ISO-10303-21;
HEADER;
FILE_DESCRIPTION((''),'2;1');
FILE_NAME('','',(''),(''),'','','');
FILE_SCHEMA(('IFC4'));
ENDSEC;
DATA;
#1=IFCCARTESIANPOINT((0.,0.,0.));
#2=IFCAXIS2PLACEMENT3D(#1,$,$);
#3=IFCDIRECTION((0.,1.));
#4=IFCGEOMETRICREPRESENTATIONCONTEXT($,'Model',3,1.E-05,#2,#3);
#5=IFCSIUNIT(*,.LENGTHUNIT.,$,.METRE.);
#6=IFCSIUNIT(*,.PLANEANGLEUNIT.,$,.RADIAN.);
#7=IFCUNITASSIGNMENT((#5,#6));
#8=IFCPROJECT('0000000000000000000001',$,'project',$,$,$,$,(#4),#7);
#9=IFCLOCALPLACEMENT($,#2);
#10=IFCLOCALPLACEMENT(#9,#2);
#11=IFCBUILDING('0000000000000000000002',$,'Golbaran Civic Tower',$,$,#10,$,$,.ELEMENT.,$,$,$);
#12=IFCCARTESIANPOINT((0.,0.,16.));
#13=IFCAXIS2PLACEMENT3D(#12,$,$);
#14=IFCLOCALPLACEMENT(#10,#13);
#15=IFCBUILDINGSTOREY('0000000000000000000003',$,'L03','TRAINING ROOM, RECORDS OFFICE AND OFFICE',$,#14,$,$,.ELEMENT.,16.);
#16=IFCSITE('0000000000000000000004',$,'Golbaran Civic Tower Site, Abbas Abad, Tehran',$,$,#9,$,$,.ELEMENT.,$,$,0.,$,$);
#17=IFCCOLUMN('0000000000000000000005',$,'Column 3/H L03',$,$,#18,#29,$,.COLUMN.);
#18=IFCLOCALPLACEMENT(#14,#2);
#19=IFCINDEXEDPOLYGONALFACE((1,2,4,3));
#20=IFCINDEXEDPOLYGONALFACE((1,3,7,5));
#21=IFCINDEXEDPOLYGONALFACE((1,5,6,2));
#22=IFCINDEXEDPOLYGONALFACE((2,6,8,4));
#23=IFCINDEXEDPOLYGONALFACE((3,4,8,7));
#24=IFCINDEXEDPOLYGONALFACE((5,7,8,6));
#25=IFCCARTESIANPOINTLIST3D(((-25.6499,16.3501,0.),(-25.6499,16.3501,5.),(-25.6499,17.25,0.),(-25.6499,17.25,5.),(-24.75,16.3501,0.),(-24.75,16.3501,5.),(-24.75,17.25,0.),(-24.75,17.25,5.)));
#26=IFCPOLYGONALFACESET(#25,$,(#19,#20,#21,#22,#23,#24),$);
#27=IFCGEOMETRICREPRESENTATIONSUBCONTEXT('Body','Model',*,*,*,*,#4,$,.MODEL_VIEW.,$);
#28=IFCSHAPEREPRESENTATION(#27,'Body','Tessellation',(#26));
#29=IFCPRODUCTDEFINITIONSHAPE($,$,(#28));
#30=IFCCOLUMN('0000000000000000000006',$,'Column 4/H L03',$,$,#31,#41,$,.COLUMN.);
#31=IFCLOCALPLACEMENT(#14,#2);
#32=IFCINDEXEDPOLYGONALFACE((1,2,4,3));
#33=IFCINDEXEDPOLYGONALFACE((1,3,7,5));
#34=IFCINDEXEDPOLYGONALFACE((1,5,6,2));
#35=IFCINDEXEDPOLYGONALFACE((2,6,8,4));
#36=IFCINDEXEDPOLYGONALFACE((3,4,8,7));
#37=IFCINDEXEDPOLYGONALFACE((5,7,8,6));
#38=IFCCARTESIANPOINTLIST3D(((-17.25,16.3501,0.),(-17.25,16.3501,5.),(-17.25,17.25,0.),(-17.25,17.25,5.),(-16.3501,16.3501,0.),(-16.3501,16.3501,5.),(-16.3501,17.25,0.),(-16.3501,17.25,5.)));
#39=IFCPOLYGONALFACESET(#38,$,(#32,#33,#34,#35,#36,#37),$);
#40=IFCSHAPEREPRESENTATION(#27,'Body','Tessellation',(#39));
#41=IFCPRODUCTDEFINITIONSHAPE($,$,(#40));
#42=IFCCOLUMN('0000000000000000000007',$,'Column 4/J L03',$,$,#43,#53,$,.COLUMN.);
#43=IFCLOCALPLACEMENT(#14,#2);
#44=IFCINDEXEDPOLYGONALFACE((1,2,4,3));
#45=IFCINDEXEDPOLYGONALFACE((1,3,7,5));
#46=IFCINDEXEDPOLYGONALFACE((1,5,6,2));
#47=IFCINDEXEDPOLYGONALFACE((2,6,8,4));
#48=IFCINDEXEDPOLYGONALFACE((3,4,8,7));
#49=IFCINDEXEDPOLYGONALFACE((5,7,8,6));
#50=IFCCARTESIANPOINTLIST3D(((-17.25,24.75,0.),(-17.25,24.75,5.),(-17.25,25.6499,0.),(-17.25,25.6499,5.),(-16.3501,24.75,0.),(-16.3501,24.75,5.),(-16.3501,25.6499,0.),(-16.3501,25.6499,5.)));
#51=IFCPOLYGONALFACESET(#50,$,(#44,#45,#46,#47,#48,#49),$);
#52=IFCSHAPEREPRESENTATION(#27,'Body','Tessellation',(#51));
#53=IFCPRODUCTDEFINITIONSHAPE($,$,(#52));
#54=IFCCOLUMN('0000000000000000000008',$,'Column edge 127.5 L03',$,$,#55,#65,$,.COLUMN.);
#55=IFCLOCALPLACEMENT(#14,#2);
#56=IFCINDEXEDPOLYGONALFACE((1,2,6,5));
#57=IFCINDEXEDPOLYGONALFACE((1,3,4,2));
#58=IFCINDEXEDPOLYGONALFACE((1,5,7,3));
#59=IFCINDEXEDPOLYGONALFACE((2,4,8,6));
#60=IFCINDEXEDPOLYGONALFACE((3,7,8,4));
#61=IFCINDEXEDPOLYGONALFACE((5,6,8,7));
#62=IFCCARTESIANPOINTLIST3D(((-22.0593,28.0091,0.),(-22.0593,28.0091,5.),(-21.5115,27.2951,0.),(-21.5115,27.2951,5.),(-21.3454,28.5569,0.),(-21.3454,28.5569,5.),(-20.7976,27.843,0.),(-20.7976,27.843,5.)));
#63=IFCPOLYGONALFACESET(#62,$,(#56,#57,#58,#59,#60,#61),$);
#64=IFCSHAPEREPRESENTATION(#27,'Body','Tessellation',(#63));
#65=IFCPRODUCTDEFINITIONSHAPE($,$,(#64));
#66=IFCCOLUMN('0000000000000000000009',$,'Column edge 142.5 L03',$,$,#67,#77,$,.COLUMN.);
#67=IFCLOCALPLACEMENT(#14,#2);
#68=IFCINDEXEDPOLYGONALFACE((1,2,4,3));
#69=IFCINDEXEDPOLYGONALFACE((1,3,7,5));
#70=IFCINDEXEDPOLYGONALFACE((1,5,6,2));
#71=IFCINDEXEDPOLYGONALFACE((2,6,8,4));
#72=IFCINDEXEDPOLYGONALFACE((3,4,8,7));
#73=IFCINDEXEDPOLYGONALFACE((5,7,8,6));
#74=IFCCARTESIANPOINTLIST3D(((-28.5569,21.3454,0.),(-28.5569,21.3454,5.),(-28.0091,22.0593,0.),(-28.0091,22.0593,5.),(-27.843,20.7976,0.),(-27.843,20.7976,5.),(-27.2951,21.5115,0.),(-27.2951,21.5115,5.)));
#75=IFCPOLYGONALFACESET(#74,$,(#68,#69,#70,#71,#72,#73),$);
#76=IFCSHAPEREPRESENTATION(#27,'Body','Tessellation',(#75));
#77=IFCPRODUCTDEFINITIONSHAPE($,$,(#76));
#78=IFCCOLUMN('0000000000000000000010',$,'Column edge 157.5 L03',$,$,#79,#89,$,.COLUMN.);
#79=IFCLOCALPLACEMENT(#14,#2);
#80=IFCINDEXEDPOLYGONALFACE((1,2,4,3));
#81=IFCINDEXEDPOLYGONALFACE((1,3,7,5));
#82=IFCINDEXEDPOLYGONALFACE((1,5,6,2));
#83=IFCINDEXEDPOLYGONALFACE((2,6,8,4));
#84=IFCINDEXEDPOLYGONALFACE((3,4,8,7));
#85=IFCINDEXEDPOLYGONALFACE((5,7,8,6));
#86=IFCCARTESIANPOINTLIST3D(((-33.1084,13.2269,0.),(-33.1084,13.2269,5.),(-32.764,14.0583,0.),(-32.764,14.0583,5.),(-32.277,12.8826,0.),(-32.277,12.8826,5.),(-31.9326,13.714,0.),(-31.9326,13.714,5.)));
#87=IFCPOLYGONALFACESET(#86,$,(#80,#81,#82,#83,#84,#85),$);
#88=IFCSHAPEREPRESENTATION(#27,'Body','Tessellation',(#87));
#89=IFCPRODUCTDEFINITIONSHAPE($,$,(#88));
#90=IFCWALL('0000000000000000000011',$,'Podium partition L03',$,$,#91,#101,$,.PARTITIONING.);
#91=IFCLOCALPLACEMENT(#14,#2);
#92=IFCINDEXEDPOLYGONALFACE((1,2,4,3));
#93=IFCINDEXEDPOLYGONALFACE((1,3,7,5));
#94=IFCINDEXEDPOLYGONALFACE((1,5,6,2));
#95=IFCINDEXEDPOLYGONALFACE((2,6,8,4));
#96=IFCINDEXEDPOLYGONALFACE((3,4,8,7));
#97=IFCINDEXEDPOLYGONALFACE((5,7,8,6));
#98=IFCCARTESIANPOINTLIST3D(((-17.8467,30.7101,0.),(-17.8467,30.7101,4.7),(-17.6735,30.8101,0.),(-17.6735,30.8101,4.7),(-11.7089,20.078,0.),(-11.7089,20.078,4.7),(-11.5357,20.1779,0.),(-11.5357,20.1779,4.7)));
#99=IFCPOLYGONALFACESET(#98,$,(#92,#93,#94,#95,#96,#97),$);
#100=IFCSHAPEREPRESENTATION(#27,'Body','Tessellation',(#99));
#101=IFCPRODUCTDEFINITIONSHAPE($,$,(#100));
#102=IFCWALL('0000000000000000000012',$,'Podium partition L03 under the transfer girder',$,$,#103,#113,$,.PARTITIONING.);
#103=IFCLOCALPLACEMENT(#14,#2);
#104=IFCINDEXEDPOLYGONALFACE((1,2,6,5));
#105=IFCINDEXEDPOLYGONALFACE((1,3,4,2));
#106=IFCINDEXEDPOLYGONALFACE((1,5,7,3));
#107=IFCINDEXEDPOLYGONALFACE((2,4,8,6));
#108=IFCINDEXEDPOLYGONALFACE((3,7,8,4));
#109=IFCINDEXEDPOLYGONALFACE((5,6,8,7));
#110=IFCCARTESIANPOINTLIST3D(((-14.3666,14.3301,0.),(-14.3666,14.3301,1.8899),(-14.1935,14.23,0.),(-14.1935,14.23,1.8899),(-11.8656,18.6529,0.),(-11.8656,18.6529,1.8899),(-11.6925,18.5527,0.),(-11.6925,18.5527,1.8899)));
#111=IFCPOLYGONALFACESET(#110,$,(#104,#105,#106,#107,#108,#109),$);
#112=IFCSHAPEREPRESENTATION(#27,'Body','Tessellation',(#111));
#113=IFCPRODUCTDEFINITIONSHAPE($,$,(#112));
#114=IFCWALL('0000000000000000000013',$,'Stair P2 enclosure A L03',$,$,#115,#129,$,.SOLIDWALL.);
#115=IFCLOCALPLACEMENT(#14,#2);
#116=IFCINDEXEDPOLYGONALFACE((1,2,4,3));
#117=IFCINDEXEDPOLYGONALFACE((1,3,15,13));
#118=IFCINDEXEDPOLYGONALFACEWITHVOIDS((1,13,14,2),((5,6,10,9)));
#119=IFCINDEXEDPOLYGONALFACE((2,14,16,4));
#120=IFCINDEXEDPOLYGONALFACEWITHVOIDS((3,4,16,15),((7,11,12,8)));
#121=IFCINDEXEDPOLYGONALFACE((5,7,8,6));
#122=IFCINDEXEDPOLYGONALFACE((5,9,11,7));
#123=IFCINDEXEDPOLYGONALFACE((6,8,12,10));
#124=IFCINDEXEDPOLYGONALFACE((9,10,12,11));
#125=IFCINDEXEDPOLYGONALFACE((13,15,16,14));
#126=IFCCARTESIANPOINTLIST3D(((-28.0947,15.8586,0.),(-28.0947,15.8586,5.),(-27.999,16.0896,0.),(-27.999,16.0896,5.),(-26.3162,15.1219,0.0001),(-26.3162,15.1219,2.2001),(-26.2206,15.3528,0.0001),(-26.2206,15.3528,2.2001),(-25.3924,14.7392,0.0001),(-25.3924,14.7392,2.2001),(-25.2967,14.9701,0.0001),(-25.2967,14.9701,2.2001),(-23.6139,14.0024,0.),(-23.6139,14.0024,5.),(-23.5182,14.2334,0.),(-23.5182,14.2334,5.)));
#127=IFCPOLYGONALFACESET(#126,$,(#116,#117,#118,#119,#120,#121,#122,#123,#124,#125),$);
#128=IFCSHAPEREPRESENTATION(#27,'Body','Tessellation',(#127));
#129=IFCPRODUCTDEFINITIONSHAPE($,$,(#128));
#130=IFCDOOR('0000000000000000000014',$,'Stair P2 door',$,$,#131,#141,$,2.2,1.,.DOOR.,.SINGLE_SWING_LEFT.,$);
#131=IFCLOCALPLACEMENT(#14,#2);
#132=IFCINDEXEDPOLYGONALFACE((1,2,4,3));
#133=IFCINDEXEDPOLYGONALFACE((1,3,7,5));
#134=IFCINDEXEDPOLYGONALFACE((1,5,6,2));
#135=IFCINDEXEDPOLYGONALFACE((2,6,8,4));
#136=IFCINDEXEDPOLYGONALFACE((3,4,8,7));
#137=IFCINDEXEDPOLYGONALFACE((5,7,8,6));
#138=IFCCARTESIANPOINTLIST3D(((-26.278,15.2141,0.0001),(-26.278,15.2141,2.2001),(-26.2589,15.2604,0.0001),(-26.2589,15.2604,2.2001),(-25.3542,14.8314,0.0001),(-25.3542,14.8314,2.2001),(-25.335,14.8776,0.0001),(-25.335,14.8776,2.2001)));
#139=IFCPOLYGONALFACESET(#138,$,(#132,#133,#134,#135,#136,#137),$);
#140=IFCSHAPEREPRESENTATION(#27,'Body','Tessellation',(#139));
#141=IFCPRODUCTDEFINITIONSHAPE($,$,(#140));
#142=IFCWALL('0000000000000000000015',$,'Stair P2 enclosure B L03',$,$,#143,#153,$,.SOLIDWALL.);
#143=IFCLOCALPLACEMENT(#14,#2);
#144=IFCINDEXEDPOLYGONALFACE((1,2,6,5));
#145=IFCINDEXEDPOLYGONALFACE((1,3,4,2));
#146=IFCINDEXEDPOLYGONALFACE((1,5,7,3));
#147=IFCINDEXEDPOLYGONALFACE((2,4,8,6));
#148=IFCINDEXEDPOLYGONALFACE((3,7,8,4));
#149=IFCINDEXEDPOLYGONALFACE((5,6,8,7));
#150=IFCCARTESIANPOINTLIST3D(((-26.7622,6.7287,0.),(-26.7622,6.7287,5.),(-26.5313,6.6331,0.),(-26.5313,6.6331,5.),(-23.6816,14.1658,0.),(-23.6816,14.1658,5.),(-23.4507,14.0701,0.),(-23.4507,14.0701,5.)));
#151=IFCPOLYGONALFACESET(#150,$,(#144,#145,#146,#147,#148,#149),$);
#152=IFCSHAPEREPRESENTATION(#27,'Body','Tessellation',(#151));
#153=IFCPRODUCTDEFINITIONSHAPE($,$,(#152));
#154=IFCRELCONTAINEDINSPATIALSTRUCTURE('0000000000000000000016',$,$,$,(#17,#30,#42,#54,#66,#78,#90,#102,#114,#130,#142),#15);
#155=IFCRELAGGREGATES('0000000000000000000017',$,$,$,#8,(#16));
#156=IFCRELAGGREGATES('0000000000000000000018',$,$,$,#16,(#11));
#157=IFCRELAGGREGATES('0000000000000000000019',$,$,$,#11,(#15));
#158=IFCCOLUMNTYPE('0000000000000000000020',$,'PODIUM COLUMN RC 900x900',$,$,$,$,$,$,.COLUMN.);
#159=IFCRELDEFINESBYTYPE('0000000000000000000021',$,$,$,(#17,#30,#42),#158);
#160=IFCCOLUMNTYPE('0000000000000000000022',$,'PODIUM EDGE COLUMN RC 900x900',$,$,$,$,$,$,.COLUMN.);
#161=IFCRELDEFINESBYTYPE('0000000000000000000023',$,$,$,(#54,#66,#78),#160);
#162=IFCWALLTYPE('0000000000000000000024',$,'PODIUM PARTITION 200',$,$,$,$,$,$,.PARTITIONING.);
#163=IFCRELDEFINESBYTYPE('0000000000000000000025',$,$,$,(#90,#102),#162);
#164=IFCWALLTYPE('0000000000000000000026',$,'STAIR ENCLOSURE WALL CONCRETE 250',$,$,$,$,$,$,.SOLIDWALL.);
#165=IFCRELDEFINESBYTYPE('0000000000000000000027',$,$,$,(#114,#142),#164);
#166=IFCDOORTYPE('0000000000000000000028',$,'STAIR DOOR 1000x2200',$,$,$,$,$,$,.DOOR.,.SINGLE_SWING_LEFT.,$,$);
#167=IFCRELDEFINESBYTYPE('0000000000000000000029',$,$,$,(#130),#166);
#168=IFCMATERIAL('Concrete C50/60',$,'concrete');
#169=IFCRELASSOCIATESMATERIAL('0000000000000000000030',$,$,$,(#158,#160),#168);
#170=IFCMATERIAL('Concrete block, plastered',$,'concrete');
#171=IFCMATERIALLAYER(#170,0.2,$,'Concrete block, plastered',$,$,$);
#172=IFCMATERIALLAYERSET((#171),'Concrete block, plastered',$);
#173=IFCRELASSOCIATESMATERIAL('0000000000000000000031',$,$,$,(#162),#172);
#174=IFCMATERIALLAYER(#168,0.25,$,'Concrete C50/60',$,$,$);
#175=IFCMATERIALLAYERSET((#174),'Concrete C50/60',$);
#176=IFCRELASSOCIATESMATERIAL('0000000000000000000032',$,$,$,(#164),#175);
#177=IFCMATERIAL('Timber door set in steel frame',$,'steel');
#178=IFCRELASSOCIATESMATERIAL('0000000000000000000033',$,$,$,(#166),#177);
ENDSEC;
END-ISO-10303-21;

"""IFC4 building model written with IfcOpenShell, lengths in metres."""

from ifc_helpers import new_model, si_unit, direction, frame, frame_2d, origin, origin_2d, place, context, subcontext, project, spatial, rectangle, extrude, material, layer, layer_set, material_profile, profile_set, type_object, element, fill, save


model = new_model("IFC4")

# Units and contexts
model_context = context("Model", 3, precision=1e-05, world=origin(), true_north=direction((0.0, 1.0)))
body_context = subcontext(model_context, "Body", "Model", "MODEL_VIEW")
ifc_project = project(units=[si_unit("LENGTHUNIT", "METRE"), si_unit("PLANEANGLEUNIT", "RADIAN")], contexts=[model_context])

# Site, building, storey
site_placement = place(None, origin())
site = spatial("IfcSite", under=ifc_project, at=site_placement, Name="Golbaran Civic Tower Site, Abbas Abad, Tehran", CompositionType="ELEMENT", RefElevation=0.0)
building_placement = place(site_placement, origin())
building = spatial("IfcBuilding", under=site, at=building_placement, Name="Golbaran Civic Tower", CompositionType="ELEMENT")
storey_placement = place(building_placement, frame((0.0, 0.0, 16.0)))
storey = spatial("IfcBuildingStorey", under=building, at=storey_placement, Name="L03", Description="TRAINING ROOM, RECORDS OFFICE AND OFFICE", CompositionType="ELEMENT", Elevation=16.0)

# Columns
ifc_material_1 = material(Name="Concrete C50/60", Category="concrete")
ifc_material_profile_1 = material_profile(ifc_material_1, rectangle(XDim=0.8999, YDim=0.8999, at=origin_2d()), Name="RC 900x900")
ifc_profile_set_1 = profile_set([ifc_material_profile_1], Name="Concrete C50/60")
column_type_1 = type_object("IfcColumnType", Name="PODIUM COLUMN RC 900x900", PredefinedType="COLUMN", material=ifc_profile_set_1)
for number, where, z_axis, x_axis, name in (
    (1, (-25.2, 16.8, 0.0), (0.0, 0.0, 1.0), (1.0, 0.0, 0.0), "Column 3/H L03"),
    (2, (-16.8, 16.8, 0.0), (0.0, 0.0, 1.0), (1.0, 0.0, 0.0), "Column 4/H L03"),
    (3, (-16.8, 25.2, 0.0), (0.0, 0.0, 1.0), (1.0, 0.0, 0.0), "Column 4/J L03"),
):
    element("IfcColumn", number, at=place(storey_placement, frame(where, z_axis=z_axis, x_axis=x_axis)), inside=storey, type_object=column_type_1, Name=name, PredefinedType="COLUMN", context=body_context, shape_type="SweptSolid", body=[
        extrude(rectangle(XDim=0.8999, YDim=0.8999, at=origin_2d()), origin(), (0.0, 0.0, 1.0), 5.0),
    ])
ifc_material_profile_2 = material_profile(ifc_material_1, rectangle(XDim=0.8999, YDim=0.8999, at=origin_2d()), Name="RC 900x900")
ifc_profile_set_2 = profile_set([ifc_material_profile_2], Name="Concrete C50/60")
column_type_2 = type_object("IfcColumnType", Name="PODIUM EDGE COLUMN RC 900x900", PredefinedType="COLUMN", material=ifc_profile_set_2)
for number, where, z_axis, x_axis, name in (
    (4, (-21.4285, 27.926, 0.0), (0.0, 0.0, 1.0), (-0.608761, 0.793353, 0.0), "Column edge 127.5 L03"),
    (5, (-27.926, 21.4285, 0.0), (0.0, 0.0, 1.0), (-0.793353, 0.608761, 0.0), "Column edge 142.5 L03"),
    (6, (-32.5205, 13.4705, 0.0), (0.0, 0.0, 1.0), (-0.92388, 0.382683, 0.0), "Column edge 157.5 L03"),
):
    element("IfcColumn", number, at=place(storey_placement, frame(where, z_axis=z_axis, x_axis=x_axis)), inside=storey, type_object=column_type_2, Name=name, PredefinedType="COLUMN", context=body_context, shape_type="SweptSolid", body=[
        extrude(rectangle(XDim=0.8999, YDim=0.8999, at=origin_2d()), origin(), (0.0, 0.0, 1.0), 5.0),
    ])

# Walls
ifc_material_2 = material(Name="Concrete block, plastered", Category="concrete")
ifc_layer_1 = layer(ifc_material_2, 0.2, Name="Concrete block, plastered")
ifc_layer_set_1 = layer_set([ifc_layer_1], Name="Concrete block, plastered")
wall_type_1 = type_object("IfcWallType", Name="PODIUM PARTITION 200", PredefinedType="PARTITIONING", material=ifc_layer_set_1)
wall_1_placement = place(storey_placement, frame((-17.76, 30.76, 0.0), z_axis=(0.0, 0.0, 1.0), x_axis=(0.499955, -0.866051, 0.0)))
element("IfcWall", 7, at=wall_1_placement, inside=storey, type_object=wall_type_1, Name="Podium partition L03", PredefinedType="PARTITIONING", context=body_context, shape_type="SweptSolid", body=[
    extrude(rectangle(XDim=12.2766, YDim=0.2, at=frame_2d((6.1382, 0.0))), origin(), (0.0, 0.0, 1.0), 4.7),
])
wall_2_placement = place(storey_placement, frame((-14.28, 14.28, 0.0), z_axis=(0.0, 0.0, 1.0), x_axis=(0.500786, 0.865571, 0.0)))
element("IfcWall", 8, at=wall_2_placement, inside=storey, type_object=wall_type_1, Name="Podium partition L03 under the transfer girder", PredefinedType="PARTITIONING", context=body_context, shape_type="SweptSolid", body=[
    extrude(rectangle(XDim=4.9941, YDim=0.2, at=frame_2d((2.4971, 0.0))), origin(), (0.0, 0.0, 1.0), 1.8899),
])

# Wall, opening, door
ifc_layer_2 = layer(ifc_material_1, 0.25, Name="Concrete C50/60")
ifc_layer_set_2 = layer_set([ifc_layer_2], Name="Concrete C50/60")
wall_type_2 = type_object("IfcWallType", Name="STAIR ENCLOSURE WALL CONCRETE 250", PredefinedType="SOLIDWALL", material=ifc_layer_set_2)
wall_3_placement = place(storey_placement, frame((-28.0469, 15.9741, 0.0), z_axis=(0.0, 0.0, 1.0), x_axis=(0.923863, -0.382724, 0.0)))
wall_3 = element("IfcWall", 9, at=wall_3_placement, inside=storey, type_object=wall_type_2, Name="Stair P2 enclosure A L03", PredefinedType="SOLIDWALL", context=body_context, shape_type="SweptSolid", body=[
    extrude(rectangle(XDim=4.8501, YDim=0.25, at=frame_2d((2.425, 0.0))), origin(), (0.0, 0.0, 1.0), 5.0),
])
opening_1_placement = place(wall_3_placement, frame((1.925, 0.0, 0.0)))
opening_1 = element("IfcOpeningElement", 10, at=opening_1_placement, cuts=wall_3, PredefinedType="OPENING", context=body_context, shape_type="SweptSolid", body=[
    extrude(rectangle(XDim=1.0, YDim=2.2, at=frame_2d((0.5, 1.1001))), frame((0.0, 0.135, 0.0), z_axis=(0.0, -1.0, 0.0), x_axis=(1.0, 0.0, 0.0)), (0.0, 0.0, 1.0), 0.27),
])
ifc_material_3 = material(Name="Timber door set in steel frame", Category="steel")
door_type = type_object("IfcDoorType", Name="STAIR DOOR 1000x2200", OperationType="SINGLE_SWING_LEFT", PredefinedType="DOOR", material=ifc_material_3)
door_placement = place(opening_1_placement, origin())
door = element("IfcDoor", 11, at=door_placement, inside=storey, type_object=door_type, Name="Stair P2 door", OperationType="SINGLE_SWING_LEFT", OverallHeight=2.2, OverallWidth=1.0, PredefinedType="DOOR", context=body_context, shape_type="SweptSolid", body=[
    extrude(rectangle(XDim=1.0, YDim=2.2, at=frame_2d((0.5, 1.1001))), frame((0.0, 0.0249, 0.0), z_axis=(0.0, -1.0, 0.0), x_axis=(1.0, 0.0, 0.0)), (0.0, 0.0, 1.0), 0.05),
])
fill(opening_1, door)

# Wall
wall_4_placement = place(storey_placement, frame((-23.5662, 14.1179, 0.0), z_axis=(0.0, 0.0, 1.0), x_axis=(-0.382689, -0.923877, 0.0)))
element("IfcWall", 12, at=wall_4_placement, inside=storey, type_object=wall_type_2, Name="Stair P2 enclosure B L03", PredefinedType="SOLIDWALL", context=body_context, shape_type="SweptSolid", body=[
    extrude(rectangle(XDim=8.0498, YDim=0.25, at=frame_2d((4.0249, 0.0))), origin(), (0.0, 0.0, 1.0), 5.0),
])

save(model, "model.ifc")
